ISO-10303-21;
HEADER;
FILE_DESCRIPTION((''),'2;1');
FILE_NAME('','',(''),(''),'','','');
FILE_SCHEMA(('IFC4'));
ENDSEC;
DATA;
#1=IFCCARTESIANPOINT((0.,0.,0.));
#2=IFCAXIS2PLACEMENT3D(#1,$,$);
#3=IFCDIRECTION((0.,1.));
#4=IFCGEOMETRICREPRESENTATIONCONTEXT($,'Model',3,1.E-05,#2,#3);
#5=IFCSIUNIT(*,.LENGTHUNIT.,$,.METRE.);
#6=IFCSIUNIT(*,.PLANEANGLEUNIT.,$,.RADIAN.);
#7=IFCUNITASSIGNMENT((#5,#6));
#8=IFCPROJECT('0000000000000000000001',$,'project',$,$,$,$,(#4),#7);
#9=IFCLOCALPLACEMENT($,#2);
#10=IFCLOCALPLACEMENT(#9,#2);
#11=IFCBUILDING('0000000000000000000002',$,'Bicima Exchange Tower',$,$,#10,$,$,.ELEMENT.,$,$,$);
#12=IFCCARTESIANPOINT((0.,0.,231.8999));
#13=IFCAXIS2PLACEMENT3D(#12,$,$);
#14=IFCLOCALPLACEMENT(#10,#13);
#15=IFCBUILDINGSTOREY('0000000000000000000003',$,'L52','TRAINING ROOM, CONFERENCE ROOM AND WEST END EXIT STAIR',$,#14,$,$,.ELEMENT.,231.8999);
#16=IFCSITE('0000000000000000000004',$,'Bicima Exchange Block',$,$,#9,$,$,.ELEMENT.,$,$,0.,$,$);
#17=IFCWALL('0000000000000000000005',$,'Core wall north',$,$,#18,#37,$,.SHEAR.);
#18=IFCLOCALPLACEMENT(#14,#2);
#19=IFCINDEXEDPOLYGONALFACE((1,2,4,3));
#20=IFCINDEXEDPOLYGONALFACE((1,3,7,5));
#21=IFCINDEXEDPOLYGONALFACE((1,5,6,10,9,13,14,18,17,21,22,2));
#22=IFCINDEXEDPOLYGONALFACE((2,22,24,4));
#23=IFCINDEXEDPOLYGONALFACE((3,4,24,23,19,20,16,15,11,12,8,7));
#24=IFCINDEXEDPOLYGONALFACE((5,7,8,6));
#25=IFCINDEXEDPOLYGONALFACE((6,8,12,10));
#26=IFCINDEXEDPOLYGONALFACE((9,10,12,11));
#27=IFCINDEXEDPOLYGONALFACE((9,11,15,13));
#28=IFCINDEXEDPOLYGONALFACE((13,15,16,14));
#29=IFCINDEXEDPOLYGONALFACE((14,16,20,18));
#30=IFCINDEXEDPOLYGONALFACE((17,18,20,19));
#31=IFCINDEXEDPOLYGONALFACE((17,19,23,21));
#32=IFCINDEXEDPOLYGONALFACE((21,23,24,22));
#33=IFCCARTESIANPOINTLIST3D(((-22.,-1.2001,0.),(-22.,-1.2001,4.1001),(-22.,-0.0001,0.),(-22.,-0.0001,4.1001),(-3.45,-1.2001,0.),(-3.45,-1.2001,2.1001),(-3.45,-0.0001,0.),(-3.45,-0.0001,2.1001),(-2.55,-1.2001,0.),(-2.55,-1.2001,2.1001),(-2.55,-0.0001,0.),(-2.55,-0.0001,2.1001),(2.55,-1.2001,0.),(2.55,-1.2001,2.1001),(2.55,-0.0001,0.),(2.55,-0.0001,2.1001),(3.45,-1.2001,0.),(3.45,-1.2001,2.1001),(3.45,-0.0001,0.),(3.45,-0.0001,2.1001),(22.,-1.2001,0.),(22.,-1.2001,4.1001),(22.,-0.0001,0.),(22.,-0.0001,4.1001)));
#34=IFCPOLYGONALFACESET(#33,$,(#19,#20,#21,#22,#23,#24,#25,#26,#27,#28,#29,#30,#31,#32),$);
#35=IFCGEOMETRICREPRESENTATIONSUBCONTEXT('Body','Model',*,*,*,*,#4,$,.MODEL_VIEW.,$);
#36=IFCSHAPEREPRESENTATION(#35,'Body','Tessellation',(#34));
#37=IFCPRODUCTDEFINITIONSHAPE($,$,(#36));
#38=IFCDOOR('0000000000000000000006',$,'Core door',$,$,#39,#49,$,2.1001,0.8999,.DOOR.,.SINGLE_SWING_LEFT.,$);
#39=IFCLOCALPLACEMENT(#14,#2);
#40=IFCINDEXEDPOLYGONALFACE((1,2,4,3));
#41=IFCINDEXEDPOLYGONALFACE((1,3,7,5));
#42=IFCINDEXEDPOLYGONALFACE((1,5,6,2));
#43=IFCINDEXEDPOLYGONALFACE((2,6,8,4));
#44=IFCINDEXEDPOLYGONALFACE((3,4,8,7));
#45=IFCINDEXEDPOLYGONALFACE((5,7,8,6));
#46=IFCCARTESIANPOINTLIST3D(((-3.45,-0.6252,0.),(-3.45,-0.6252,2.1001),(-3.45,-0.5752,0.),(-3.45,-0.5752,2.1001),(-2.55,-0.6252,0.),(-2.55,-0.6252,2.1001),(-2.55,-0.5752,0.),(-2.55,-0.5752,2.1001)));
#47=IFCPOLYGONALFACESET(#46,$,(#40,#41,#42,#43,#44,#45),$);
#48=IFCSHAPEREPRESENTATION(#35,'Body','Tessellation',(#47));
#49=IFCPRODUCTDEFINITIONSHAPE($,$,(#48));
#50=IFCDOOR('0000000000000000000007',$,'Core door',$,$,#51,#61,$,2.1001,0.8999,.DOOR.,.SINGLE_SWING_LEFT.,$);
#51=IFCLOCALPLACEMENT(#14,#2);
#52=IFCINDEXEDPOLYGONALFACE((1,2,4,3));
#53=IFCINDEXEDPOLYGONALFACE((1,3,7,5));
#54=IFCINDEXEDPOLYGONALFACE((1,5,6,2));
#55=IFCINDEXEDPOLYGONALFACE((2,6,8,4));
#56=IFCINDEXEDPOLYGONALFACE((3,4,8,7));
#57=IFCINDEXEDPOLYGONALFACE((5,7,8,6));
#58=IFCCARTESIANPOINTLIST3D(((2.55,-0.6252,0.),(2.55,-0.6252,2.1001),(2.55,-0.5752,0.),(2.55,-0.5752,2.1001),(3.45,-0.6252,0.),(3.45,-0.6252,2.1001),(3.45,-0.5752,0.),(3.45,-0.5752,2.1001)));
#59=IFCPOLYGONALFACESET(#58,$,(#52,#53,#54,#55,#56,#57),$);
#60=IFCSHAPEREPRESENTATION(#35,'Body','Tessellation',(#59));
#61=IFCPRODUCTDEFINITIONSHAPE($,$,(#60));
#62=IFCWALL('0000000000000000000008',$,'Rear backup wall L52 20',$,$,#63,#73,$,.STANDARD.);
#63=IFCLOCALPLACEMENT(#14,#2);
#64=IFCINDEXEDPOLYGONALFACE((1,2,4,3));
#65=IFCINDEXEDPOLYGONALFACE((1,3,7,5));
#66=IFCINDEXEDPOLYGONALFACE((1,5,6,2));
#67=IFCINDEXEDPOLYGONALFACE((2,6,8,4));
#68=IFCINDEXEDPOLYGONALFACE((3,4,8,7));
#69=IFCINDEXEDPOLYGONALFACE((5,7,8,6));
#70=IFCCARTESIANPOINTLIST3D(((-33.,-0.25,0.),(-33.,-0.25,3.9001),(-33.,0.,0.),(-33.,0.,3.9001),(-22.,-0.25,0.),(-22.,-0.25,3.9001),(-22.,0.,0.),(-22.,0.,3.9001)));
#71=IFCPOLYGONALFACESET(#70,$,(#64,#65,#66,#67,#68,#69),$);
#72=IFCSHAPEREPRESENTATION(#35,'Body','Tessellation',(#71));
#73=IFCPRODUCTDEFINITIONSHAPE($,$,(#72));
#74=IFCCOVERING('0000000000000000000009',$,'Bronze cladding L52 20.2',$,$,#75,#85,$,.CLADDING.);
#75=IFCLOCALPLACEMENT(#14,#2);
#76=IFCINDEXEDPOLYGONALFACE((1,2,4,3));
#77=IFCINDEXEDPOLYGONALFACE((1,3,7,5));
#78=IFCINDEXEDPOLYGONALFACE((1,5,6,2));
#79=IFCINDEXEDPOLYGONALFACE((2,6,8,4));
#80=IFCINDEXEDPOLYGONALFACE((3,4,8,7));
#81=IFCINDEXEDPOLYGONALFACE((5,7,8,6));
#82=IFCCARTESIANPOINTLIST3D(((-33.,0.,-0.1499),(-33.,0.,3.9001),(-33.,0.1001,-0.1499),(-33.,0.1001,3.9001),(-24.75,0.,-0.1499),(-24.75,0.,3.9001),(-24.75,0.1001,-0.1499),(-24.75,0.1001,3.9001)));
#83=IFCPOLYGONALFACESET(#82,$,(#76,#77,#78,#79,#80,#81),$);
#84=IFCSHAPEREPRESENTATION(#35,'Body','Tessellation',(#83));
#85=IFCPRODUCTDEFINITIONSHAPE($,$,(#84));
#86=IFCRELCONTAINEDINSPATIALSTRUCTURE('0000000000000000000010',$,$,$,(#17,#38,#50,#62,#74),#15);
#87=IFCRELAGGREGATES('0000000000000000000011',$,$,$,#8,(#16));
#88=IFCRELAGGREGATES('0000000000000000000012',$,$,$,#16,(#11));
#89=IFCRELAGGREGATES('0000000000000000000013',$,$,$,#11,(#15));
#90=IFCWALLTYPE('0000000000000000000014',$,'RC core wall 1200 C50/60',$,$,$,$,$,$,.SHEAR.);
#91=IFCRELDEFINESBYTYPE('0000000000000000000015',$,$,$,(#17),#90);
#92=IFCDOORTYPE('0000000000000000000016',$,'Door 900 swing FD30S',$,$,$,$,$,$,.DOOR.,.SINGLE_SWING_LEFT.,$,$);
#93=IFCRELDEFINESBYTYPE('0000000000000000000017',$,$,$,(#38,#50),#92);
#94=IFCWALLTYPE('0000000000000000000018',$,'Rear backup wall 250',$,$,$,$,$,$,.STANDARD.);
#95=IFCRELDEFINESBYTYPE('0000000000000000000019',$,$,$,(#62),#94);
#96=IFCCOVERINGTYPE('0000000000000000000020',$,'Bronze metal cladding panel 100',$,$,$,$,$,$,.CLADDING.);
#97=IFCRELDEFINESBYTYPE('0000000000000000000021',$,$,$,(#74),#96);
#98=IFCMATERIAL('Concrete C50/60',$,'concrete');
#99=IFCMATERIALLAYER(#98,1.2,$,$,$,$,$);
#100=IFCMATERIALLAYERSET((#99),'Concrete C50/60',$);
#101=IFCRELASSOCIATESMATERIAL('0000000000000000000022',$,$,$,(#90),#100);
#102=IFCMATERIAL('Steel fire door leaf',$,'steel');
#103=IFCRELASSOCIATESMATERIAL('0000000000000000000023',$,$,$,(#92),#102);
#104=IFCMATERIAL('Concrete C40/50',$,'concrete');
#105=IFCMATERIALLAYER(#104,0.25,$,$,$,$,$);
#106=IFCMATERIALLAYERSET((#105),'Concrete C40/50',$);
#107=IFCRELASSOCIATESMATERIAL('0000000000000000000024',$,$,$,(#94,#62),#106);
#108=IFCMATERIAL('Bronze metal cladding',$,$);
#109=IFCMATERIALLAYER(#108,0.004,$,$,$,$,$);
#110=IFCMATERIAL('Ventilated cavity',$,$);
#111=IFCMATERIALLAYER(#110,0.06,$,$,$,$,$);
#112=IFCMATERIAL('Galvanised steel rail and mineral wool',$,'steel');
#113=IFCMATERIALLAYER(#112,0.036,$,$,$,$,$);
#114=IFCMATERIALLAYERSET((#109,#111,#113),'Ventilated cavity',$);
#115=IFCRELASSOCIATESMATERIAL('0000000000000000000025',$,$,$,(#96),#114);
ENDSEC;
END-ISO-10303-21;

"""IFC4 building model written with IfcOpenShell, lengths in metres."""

from ifc_helpers import new_model, si_unit, direction, frame, frame_2d, origin, origin_2d, place, context, subcontext, project, spatial, rectangle, extrude, material, layer, layer_set, layer_usage, type_object, element, fill, save


model = new_model("IFC4")

# Units and contexts
model_context = context("Model", 3, precision=1e-05, world=origin(), true_north=direction((0.0, 1.0)))
body_context = subcontext(model_context, "Body", "Model", "MODEL_VIEW")
ifc_project = project(units=[si_unit("LENGTHUNIT", "METRE"), si_unit("PLANEANGLEUNIT", "RADIAN")], contexts=[model_context])

# Site, building, storey
site_placement = place(None, origin())
site = spatial("IfcSite", under=ifc_project, at=site_placement, Name="Bicima Exchange Block", CompositionType="ELEMENT", RefElevation=0.0)
building_placement = place(site_placement, origin())
building = spatial("IfcBuilding", under=site, at=building_placement, Name="Bicima Exchange Tower", CompositionType="ELEMENT")
storey_placement = place(building_placement, frame((0.0, 0.0, 231.8999)))
storey = spatial("IfcBuildingStorey", under=building, at=storey_placement, Name="L52", Description="TRAINING ROOM, CONFERENCE ROOM AND WEST END EXIT STAIR", CompositionType="ELEMENT", Elevation=231.8999)

# Wall, openings, doors
ifc_material_1 = material(Name="Concrete C50/60", Category="concrete")
ifc_layer_1 = layer(ifc_material_1, 1.2)
ifc_layer_set_1 = layer_set([ifc_layer_1], Name="Concrete C50/60")
wall_type_1 = type_object("IfcWallType", Name="RC core wall 1200 C50/60", PredefinedType="SHEAR", material=ifc_layer_set_1)
wall_1_placement = place(storey_placement, frame((-22.0, -0.6001, 0.0), z_axis=(0.0, 0.0, 1.0), x_axis=(1.0, 0.0, 0.0)))
wall_1 = element("IfcWall", 1, at=wall_1_placement, inside=storey, type_object=wall_type_1, Name="Core wall north", PredefinedType="SHEAR", context=body_context, shape_type="SweptSolid", body=[
    extrude(rectangle(XDim=44.0, YDim=1.2, at=frame_2d((22.0, 0.0))), origin(), (0.0, 0.0, 1.0), 4.1001),
])
opening_1_placement = place(wall_1_placement, frame((18.55, 0.0, 0.0)))
opening_1 = element("IfcOpeningElement", 2, at=opening_1_placement, cuts=wall_1, PredefinedType="OPENING", context=body_context, shape_type="SweptSolid", body=[
    extrude(rectangle(XDim=0.8999, YDim=2.1001, at=frame_2d((0.45, 1.05))), frame((0.0, 0.6118, 0.0), z_axis=(0.0, -1.0, 0.0), x_axis=(1.0, 0.0, 0.0)), (0.0, 0.0, 1.0), 1.2239),
])
opening_2_placement = place(wall_1_placement, frame((24.55, 0.0, 0.0)))
opening_2 = element("IfcOpeningElement", 3, at=opening_2_placement, cuts=wall_1, PredefinedType="OPENING", context=body_context, shape_type="SweptSolid", body=[
    extrude(rectangle(XDim=0.8999, YDim=2.1001, at=frame_2d((0.45, 1.05))), frame((0.0, 0.6118, 0.0), z_axis=(0.0, -1.0, 0.0), x_axis=(1.0, 0.0, 0.0)), (0.0, 0.0, 1.0), 1.2239),
])
ifc_material_2 = material(Name="Steel fire door leaf", Category="steel")
door_type = type_object("IfcDoorType", Name="Door 900 swing FD30S", OperationType="SINGLE_SWING_LEFT", PredefinedType="DOOR", material=ifc_material_2)
door_1_placement = place(opening_1_placement, origin())
door_1 = element("IfcDoor", 4, at=door_1_placement, inside=storey, type_object=door_type, Name="Core door", OperationType="SINGLE_SWING_LEFT", OverallHeight=2.1001, OverallWidth=0.8999, PredefinedType="DOOR", context=body_context, shape_type="SweptSolid", body=[
    extrude(rectangle(XDim=0.8999, YDim=2.1001, at=frame_2d((0.45, 1.05))), frame((0.0, 0.0249, 0.0), z_axis=(0.0, -1.0, 0.0), x_axis=(1.0, 0.0, 0.0)), (0.0, 0.0, 1.0), 0.05),
])
fill(opening_1, door_1)
door_2_placement = place(opening_2_placement, origin())
door_2 = element("IfcDoor", 5, at=door_2_placement, inside=storey, type_object=door_type, Name="Core door", OperationType="SINGLE_SWING_LEFT", OverallHeight=2.1001, OverallWidth=0.8999, PredefinedType="DOOR", context=body_context, shape_type="SweptSolid", body=[
    extrude(rectangle(XDim=0.8999, YDim=2.1001, at=frame_2d((0.45, 1.05))), frame((0.0, 0.0249, 0.0), z_axis=(0.0, -1.0, 0.0), x_axis=(1.0, 0.0, 0.0)), (0.0, 0.0, 1.0), 0.05),
])
fill(opening_2, door_2)

# Wall
ifc_material_3 = material(Name="Concrete C40/50", Category="concrete")
ifc_layer_2 = layer(ifc_material_3, 0.25)
ifc_layer_set_2 = layer_set([ifc_layer_2], Name="Concrete C40/50")
ifc_layer_usage = layer_usage(ifc_layer_set_2, "AXIS2", "POSITIVE", -0.125)
wall_type_2 = type_object("IfcWallType", Name="Rear backup wall 250", PredefinedType="STANDARD", material=ifc_layer_set_2)
wall_2_placement = place(storey_placement, frame((-22.0, -0.125, 0.0), z_axis=(0.0, 0.0, 1.0), x_axis=(-1.0, 0.0, 0.0)))
element("IfcWall", 6, at=wall_2_placement, inside=storey, type_object=wall_type_2, material=ifc_layer_usage, Name="Rear backup wall L52 20", PredefinedType="STANDARD", context=body_context, shape_type="SweptSolid", body=[
    extrude(rectangle(XDim=11.0, YDim=0.25, at=frame_2d((5.5, 0.0))), origin(), (0.0, 0.0, 1.0), 3.9001),
])

# Covering
ifc_material_4 = material(Name="Bronze metal cladding")
ifc_layer_3 = layer(ifc_material_4, 0.004)
ifc_material_5 = material(Name="Ventilated cavity")
ifc_layer_4 = layer(ifc_material_5, 0.06)
ifc_material_6 = material(Name="Galvanised steel rail and mineral wool", Category="steel")
ifc_layer_5 = layer(ifc_material_6, 0.036)
ifc_layer_set_3 = layer_set([ifc_layer_3, ifc_layer_4, ifc_layer_5], Name="Ventilated cavity")
covering_type = type_object("IfcCoveringType", Name="Bronze metal cladding panel 100", PredefinedType="CLADDING", material=ifc_layer_set_3)
covering_placement = place(storey_placement, frame((-28.875, 0.05, -0.1499), z_axis=(0.0, 0.0, 1.0), x_axis=(-1.0, 0.0, 0.0)))
element("IfcCovering", 7, at=covering_placement, inside=storey, type_object=covering_type, Name="Bronze cladding L52 20.2", PredefinedType="CLADDING", context=body_context, shape_type="SweptSolid", body=[
    extrude(rectangle(XDim=8.25, YDim=0.1001, at=origin_2d()), origin(), (0.0, 0.0, 1.0), 4.05),
])

save(model, "model.ifc")
